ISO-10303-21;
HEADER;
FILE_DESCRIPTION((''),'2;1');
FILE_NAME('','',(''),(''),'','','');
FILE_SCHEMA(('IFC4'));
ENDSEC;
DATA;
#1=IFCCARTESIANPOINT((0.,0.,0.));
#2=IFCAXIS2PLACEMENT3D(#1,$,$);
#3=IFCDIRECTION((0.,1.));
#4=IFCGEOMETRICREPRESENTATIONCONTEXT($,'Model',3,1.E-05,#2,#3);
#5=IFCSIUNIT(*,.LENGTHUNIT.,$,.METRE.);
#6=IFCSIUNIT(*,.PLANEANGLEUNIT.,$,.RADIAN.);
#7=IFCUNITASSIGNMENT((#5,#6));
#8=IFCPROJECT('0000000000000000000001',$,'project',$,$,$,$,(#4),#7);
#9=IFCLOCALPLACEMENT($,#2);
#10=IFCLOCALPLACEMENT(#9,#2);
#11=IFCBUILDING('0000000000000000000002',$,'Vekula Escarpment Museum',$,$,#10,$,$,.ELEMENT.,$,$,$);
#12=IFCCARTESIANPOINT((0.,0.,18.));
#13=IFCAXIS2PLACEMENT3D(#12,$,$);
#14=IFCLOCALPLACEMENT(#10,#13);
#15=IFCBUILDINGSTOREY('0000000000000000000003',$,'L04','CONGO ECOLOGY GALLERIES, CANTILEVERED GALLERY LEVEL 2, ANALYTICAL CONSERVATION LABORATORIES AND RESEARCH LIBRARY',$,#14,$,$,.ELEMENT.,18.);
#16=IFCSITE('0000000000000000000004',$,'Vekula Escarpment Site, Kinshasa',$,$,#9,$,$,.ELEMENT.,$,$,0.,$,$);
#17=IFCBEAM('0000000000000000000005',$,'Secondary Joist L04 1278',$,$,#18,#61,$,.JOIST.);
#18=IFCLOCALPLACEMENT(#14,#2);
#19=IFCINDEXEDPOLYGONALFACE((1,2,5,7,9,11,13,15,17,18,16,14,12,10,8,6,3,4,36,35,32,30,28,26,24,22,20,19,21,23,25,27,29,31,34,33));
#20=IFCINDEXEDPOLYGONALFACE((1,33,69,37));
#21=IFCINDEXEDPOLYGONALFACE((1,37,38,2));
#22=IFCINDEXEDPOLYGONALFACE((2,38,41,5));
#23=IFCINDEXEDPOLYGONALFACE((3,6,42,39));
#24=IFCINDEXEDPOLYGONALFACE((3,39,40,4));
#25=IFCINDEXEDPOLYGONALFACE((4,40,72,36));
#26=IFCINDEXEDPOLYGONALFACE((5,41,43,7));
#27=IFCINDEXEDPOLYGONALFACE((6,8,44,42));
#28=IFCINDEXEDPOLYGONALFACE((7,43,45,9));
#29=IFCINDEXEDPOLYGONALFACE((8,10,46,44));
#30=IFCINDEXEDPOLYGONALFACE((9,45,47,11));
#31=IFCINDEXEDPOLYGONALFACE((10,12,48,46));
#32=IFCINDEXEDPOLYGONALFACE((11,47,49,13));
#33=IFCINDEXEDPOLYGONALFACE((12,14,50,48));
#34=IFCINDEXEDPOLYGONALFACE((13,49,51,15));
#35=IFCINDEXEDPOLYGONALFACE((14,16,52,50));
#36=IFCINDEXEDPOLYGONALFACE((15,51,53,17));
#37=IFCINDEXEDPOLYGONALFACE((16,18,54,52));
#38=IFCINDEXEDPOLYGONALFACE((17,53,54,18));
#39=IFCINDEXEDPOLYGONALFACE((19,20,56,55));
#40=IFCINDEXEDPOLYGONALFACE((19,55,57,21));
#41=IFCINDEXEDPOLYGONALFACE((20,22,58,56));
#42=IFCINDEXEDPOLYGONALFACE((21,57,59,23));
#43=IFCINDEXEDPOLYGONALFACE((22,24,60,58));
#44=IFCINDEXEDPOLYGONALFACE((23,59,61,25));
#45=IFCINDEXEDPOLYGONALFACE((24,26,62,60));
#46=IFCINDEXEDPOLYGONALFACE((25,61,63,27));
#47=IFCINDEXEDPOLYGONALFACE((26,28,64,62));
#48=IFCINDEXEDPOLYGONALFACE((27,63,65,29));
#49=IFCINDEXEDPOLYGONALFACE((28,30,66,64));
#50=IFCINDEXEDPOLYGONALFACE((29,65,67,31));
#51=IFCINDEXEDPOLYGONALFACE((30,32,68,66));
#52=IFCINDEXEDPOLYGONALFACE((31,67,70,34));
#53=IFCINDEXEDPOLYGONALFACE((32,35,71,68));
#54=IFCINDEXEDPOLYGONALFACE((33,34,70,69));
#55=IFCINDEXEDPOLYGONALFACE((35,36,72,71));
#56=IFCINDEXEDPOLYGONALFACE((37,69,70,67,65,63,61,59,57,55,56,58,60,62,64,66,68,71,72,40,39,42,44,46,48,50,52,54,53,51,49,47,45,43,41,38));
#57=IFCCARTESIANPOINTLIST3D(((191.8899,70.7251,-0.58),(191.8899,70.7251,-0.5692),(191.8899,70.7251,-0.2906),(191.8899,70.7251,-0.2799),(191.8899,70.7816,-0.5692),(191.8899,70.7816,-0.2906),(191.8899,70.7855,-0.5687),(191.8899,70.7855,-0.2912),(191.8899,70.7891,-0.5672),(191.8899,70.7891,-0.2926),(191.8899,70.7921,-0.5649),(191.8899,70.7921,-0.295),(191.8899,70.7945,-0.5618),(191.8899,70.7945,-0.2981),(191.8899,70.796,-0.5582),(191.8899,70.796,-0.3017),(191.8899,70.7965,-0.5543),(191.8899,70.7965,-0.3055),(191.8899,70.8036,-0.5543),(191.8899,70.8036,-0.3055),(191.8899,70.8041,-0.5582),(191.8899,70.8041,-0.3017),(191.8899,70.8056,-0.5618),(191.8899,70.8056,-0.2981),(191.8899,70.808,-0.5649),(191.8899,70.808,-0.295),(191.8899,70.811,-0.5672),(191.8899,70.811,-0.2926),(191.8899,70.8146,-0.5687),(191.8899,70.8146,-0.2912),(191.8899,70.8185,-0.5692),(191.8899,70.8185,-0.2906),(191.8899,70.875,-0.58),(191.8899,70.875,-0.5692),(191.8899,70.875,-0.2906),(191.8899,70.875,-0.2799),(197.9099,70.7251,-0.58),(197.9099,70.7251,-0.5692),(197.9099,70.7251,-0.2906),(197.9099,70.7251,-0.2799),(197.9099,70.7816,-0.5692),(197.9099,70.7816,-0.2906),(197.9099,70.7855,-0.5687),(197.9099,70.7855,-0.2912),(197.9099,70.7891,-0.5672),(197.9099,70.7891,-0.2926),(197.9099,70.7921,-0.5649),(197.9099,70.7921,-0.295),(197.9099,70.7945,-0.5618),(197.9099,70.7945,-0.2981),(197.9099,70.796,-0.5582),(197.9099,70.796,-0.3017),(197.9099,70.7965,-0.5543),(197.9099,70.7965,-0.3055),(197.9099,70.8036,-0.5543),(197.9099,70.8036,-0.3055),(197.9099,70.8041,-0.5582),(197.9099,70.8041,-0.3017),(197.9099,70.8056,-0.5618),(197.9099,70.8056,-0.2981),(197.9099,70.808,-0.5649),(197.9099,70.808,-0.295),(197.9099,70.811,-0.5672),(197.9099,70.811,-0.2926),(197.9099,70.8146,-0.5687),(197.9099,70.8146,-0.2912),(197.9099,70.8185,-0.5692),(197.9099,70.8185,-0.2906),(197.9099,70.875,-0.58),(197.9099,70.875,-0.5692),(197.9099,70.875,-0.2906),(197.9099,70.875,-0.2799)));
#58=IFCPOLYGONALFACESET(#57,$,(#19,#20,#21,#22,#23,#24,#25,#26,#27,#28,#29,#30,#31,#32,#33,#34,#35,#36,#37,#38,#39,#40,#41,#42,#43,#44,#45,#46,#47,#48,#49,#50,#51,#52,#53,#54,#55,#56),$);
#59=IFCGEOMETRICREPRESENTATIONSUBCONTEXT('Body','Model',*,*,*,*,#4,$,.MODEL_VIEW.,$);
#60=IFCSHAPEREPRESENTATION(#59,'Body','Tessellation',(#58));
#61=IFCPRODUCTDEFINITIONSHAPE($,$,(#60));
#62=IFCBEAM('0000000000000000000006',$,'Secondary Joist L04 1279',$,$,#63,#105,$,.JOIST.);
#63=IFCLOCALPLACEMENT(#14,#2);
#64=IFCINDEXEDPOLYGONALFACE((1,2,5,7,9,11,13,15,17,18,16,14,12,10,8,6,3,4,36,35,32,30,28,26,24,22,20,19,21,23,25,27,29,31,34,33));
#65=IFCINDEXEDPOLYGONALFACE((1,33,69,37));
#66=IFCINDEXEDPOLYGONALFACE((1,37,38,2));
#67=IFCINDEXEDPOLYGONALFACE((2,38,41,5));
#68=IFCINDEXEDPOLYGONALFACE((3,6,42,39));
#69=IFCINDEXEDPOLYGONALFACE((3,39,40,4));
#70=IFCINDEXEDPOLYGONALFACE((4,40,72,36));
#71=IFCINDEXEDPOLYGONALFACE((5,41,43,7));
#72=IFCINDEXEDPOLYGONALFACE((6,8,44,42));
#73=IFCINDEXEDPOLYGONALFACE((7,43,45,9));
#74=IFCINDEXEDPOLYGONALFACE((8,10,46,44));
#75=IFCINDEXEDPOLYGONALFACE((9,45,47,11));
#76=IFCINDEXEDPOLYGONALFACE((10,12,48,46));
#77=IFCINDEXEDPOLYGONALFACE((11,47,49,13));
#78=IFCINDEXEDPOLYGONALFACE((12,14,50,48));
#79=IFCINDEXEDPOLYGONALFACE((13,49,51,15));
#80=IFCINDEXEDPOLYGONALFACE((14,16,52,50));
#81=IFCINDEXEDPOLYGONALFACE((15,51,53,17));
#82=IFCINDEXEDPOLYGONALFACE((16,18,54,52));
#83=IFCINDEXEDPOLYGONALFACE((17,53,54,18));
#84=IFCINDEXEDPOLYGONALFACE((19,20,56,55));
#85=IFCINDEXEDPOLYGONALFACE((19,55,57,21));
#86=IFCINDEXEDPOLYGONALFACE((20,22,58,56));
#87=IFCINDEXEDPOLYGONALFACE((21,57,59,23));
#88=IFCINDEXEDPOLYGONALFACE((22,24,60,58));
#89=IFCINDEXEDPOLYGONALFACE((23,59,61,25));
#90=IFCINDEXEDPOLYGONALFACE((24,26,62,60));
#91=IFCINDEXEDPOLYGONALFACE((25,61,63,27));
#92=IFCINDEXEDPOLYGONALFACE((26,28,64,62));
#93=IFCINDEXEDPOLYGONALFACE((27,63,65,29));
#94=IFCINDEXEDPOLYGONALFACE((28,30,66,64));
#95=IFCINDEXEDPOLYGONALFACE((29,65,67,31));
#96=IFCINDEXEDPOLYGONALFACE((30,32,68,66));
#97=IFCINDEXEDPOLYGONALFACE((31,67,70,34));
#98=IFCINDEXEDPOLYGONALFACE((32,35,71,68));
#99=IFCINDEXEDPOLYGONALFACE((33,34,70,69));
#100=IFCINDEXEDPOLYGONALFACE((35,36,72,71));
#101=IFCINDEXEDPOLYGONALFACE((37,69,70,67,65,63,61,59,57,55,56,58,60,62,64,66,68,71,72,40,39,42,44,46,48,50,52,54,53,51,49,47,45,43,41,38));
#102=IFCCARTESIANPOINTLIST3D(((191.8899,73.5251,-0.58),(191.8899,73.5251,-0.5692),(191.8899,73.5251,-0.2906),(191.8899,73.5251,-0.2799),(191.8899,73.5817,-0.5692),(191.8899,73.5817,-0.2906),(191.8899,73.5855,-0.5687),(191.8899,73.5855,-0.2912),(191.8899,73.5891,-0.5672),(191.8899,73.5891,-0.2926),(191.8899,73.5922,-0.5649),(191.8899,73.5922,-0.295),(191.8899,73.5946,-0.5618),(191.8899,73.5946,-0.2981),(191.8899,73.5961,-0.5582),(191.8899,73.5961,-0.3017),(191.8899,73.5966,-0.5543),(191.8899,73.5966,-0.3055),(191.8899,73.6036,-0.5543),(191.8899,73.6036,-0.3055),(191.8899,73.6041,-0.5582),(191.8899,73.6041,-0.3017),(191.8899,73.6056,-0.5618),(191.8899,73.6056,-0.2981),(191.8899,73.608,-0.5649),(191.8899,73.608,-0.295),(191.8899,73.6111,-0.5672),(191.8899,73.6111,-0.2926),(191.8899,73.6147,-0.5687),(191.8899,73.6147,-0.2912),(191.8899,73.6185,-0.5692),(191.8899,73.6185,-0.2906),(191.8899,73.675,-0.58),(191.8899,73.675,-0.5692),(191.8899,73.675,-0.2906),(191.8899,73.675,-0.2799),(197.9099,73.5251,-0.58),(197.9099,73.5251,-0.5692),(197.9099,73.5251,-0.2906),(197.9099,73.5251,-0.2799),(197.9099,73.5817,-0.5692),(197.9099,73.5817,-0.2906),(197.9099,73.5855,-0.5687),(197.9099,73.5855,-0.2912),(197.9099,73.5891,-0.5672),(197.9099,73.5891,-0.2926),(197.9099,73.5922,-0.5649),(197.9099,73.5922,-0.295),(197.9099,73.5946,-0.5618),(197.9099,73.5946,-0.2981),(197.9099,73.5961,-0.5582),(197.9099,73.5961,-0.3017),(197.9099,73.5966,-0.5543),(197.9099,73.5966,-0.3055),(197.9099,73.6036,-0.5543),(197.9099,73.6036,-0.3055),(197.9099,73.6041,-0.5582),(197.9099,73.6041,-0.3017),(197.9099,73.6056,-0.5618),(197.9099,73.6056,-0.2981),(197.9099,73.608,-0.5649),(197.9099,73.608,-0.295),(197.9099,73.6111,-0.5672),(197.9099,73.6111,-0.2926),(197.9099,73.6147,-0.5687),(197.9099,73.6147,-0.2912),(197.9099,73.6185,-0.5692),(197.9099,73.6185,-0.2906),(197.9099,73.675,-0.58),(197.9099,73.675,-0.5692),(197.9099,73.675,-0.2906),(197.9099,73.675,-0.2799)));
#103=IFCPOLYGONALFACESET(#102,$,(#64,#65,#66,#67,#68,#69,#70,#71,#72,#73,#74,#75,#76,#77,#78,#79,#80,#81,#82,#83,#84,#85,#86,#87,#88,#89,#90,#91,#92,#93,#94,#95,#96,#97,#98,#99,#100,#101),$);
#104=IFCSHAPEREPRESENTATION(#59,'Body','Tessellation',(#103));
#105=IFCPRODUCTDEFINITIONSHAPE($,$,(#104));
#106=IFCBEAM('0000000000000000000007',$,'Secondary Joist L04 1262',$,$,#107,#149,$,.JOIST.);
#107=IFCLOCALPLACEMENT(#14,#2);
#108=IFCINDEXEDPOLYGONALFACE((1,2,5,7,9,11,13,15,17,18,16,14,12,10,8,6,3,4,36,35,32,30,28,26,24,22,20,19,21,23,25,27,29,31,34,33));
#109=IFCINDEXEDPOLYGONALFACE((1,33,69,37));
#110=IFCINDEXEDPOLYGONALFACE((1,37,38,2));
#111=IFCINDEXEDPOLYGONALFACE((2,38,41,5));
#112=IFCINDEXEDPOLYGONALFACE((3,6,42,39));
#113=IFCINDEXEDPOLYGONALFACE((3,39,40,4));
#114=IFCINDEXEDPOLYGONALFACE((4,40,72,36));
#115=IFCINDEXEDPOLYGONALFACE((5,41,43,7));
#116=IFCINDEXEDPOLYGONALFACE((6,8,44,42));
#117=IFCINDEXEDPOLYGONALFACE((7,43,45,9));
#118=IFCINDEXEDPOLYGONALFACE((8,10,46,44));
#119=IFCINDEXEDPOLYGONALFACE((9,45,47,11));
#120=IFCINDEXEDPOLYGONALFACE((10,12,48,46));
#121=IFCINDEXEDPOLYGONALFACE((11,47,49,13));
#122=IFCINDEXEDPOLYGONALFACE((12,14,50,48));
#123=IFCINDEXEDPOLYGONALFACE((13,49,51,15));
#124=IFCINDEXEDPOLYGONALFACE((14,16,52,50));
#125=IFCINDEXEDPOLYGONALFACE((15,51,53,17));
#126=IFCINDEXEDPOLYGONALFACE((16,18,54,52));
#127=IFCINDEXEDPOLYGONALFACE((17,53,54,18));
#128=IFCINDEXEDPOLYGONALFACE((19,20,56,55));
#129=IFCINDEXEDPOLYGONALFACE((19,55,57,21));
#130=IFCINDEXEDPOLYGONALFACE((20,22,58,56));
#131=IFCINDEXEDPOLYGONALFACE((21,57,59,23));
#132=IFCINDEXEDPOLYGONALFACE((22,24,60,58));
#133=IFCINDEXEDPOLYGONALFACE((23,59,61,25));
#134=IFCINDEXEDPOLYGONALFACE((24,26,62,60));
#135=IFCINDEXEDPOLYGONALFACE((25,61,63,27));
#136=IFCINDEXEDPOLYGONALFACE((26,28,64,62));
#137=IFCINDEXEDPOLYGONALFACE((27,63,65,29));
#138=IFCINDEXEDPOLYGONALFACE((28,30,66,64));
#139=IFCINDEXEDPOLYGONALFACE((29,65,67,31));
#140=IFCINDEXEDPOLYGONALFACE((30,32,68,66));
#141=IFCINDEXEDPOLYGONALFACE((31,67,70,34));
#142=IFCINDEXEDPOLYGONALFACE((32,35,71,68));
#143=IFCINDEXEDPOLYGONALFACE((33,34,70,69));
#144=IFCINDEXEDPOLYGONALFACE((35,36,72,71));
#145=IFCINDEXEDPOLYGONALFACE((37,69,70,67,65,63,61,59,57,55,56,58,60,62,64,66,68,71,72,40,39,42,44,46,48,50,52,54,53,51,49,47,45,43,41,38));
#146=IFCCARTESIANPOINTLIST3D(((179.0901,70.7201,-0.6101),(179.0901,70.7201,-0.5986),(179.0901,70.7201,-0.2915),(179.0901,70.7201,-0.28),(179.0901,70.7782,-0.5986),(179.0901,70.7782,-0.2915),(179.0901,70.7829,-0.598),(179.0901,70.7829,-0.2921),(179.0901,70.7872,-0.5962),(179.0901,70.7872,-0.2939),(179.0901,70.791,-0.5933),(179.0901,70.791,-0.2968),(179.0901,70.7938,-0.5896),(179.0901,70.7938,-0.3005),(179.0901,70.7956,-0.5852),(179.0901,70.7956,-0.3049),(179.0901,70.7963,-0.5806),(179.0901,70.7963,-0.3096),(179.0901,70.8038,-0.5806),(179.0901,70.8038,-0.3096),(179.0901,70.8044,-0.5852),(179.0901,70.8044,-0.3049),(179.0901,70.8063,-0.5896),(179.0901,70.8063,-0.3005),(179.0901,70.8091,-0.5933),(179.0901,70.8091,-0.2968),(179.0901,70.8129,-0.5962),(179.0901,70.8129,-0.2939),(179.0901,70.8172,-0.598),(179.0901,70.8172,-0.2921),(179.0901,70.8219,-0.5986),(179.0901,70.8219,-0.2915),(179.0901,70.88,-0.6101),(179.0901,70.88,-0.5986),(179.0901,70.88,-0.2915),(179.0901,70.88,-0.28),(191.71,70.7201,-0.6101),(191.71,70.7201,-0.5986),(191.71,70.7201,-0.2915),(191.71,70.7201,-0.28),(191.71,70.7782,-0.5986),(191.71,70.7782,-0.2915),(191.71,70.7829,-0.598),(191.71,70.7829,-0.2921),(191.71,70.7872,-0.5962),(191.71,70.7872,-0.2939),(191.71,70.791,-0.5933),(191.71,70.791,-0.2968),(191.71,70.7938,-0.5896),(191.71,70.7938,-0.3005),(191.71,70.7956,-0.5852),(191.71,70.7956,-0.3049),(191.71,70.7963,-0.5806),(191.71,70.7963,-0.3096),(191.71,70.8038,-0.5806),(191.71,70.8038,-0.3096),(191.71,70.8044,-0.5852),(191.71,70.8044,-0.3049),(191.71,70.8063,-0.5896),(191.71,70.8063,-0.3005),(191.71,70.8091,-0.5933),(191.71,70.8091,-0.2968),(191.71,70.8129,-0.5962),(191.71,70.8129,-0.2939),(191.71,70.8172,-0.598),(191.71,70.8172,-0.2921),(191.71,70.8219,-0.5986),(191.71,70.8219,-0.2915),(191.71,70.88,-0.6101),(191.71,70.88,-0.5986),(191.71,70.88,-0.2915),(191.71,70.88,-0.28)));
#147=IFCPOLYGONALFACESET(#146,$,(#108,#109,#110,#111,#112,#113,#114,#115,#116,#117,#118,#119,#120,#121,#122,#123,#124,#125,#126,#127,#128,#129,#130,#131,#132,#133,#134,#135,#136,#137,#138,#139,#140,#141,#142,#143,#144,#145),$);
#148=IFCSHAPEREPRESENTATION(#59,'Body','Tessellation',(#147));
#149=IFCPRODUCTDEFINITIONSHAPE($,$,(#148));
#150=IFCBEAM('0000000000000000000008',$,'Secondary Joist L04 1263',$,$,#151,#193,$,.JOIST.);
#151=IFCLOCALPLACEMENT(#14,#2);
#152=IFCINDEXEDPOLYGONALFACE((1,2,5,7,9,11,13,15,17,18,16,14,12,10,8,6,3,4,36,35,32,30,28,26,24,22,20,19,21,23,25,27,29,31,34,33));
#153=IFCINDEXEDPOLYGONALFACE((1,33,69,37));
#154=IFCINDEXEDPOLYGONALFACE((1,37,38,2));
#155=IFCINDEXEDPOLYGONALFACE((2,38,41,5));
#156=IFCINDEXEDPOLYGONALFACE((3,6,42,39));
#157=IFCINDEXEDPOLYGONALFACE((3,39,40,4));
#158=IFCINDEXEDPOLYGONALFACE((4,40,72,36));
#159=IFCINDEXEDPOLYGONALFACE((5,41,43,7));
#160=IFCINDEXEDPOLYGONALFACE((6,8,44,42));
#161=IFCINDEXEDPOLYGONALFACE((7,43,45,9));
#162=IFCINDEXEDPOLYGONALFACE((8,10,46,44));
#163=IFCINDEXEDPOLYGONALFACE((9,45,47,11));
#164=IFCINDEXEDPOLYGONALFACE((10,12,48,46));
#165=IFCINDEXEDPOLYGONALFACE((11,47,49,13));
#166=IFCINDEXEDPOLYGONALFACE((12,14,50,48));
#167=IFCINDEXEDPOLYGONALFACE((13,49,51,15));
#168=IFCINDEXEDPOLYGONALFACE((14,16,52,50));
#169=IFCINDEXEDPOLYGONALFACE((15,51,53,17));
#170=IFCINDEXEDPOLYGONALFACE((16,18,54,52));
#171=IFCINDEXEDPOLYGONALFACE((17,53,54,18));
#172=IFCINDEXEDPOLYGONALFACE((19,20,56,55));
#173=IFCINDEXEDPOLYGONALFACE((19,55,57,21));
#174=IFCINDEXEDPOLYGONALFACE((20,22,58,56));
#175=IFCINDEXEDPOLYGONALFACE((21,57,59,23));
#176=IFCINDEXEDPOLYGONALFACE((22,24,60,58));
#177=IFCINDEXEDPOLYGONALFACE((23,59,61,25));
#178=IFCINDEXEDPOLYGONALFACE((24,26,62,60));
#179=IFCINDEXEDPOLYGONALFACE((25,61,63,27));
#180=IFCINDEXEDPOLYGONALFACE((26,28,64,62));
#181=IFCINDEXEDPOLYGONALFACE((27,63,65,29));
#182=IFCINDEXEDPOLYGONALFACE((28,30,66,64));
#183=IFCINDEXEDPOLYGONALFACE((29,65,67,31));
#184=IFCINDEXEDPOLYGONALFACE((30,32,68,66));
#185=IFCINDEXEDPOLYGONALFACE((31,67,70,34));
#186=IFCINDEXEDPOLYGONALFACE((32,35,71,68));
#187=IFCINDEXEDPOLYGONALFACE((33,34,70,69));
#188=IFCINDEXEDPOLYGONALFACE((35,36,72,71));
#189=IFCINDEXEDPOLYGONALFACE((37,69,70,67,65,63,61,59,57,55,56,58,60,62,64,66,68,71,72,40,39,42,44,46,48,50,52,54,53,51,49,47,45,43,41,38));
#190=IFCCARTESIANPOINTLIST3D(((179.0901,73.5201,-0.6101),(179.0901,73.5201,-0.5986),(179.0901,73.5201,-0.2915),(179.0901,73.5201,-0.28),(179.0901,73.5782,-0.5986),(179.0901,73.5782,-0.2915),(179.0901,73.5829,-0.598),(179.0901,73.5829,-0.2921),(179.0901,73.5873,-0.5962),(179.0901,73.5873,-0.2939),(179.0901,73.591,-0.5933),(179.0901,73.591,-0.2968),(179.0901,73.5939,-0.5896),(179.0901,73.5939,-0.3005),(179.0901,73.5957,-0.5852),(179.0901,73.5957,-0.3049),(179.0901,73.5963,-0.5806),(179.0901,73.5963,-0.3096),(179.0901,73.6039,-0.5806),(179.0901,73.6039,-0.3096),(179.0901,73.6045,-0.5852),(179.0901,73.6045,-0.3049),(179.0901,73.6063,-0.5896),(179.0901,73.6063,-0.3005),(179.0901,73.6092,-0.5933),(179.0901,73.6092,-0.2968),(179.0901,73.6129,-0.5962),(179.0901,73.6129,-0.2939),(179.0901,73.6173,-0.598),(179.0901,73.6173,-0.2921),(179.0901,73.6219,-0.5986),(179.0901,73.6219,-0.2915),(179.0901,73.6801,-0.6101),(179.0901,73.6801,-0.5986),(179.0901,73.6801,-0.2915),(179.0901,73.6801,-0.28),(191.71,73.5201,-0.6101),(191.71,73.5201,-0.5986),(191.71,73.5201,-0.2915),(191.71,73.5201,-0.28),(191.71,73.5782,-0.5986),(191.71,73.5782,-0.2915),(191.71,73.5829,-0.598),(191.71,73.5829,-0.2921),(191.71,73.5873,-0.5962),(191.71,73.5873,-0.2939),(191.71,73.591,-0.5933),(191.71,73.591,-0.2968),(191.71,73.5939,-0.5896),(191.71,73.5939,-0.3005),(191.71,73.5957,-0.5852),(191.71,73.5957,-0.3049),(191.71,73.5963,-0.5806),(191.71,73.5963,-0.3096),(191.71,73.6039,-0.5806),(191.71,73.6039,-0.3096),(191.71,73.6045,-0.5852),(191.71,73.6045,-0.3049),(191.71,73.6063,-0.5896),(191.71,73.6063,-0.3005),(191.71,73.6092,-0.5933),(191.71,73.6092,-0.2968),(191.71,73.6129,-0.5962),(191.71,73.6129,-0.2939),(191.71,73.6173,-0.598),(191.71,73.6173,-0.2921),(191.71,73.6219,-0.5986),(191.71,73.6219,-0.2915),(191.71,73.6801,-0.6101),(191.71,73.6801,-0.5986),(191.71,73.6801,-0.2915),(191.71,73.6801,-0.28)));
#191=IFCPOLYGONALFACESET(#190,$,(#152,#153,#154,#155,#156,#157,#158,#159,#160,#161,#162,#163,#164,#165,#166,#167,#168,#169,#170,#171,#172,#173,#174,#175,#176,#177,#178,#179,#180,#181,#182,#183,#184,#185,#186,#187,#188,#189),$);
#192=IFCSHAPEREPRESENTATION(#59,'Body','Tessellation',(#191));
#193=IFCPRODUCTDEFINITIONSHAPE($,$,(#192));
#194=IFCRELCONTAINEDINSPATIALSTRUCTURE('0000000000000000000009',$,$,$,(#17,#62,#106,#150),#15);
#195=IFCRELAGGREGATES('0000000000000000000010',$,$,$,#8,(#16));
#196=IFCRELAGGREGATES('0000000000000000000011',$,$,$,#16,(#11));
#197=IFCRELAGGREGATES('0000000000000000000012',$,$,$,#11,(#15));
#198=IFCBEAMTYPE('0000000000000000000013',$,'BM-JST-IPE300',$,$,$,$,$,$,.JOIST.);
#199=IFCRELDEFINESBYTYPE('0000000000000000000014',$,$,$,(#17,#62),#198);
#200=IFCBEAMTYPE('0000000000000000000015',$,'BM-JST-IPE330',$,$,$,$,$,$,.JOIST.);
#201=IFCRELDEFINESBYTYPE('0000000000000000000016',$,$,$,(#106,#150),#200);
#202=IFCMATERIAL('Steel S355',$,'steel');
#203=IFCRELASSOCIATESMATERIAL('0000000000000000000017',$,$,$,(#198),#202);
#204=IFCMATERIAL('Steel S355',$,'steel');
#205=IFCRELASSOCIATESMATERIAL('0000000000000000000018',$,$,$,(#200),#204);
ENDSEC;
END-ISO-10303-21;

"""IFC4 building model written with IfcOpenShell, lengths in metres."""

from ifc_helpers import new_model, si_unit, direction, frame, origin, origin_2d, place, context, subcontext, project, spatial, i_section, extrude, material, material_profile, profile_set, type_object, element, save


model = new_model("IFC4")

# Units and contexts
model_context = context("Model", 3, precision=1e-05, world=origin(), true_north=direction((0.0, 1.0)))
body_context = subcontext(model_context, "Body", "Model", "MODEL_VIEW")
ifc_project = project(units=[si_unit("LENGTHUNIT", "METRE"), si_unit("PLANEANGLEUNIT", "RADIAN")], contexts=[model_context])

# Site, building, storey
site_placement = place(None, origin())
site = spatial("IfcSite", under=ifc_project, at=site_placement, Name="Vekula Escarpment Site, Kinshasa", CompositionType="ELEMENT", RefElevation=0.0)
building_placement = place(site_placement, origin())
building = spatial("IfcBuilding", under=site, at=building_placement, Name="Vekula Escarpment Museum", CompositionType="ELEMENT")
storey_placement = place(building_placement, frame((0.0, 0.0, 18.0)))
storey = spatial("IfcBuildingStorey", under=building, at=storey_placement, Name="L04", Description="CONGO ECOLOGY GALLERIES, CANTILEVERED GALLERY LEVEL 2, ANALYTICAL CONSERVATION LABORATORIES AND RESEARCH LIBRARY", CompositionType="ELEMENT", Elevation=18.0)

# Beams
ifc_material_1 = material(Name="Steel S355", Category="steel")
ifc_material_profile_1 = material_profile(ifc_material_1, i_section(OverallWidth=0.1499, OverallDepth=0.3, WebThickness=0.0071, FlangeThickness=0.0107, FilletRadius=0.0149, at=origin_2d()), Name="IPE 300")
ifc_profile_set_1 = profile_set([ifc_material_profile_1], Name="Steel S355")
beam_type_1 = type_object("IfcBeamType", Name="BM-JST-IPE300", PredefinedType="JOIST", material=ifc_profile_set_1)
for number, where, z_axis, x_axis, name in (
    (1, (191.8899, 70.8, -0.4299), (1.0, 0.0, 0.0), (0.0, 1.0, 0.0), "Secondary Joist L04 1278"),
    (2, (191.8899, 73.6001, -0.4299), (1.0, 0.0, 0.0), (0.0, 1.0, 0.0), "Secondary Joist L04 1279"),
):
    element("IfcBeam", number, at=place(storey_placement, frame(where, z_axis=z_axis, x_axis=x_axis)), inside=storey, type_object=beam_type_1, Name=name, PredefinedType="JOIST", context=body_context, shape_type="SweptSolid", body=[
        extrude(i_section(OverallWidth=0.1499, OverallDepth=0.3, WebThickness=0.0071, FlangeThickness=0.0107, FilletRadius=0.0149, at=origin_2d()), origin(), (0.0, 0.0, 1.0), 6.02),
    ])
ifc_material_2 = material(Name="Steel S355", Category="steel")
ifc_material_profile_2 = material_profile(ifc_material_2, i_section(OverallWidth=0.1599, OverallDepth=0.3301, WebThickness=0.0076, FlangeThickness=0.0115, FilletRadius=0.0181, at=origin_2d()), Name="IPE 330")
ifc_profile_set_2 = profile_set([ifc_material_profile_2], Name="Steel S355")
beam_type_2 = type_object("IfcBeamType", Name="BM-JST-IPE330", PredefinedType="JOIST", material=ifc_profile_set_2)
for number, where, z_axis, x_axis, name in (
    (3, (179.0901, 70.8, -0.4451), (1.0, 0.0, 0.0), (0.0, 1.0, 0.0), "Secondary Joist L04 1262"),
    (4, (179.0901, 73.6001, -0.4451), (1.0, 0.0, 0.0), (0.0, 1.0, 0.0), "Secondary Joist L04 1263"),
):
    element("IfcBeam", number, at=place(storey_placement, frame(where, z_axis=z_axis, x_axis=x_axis)), inside=storey, type_object=beam_type_2, Name=name, PredefinedType="JOIST", context=body_context, shape_type="SweptSolid", body=[
        extrude(i_section(OverallWidth=0.1599, OverallDepth=0.3301, WebThickness=0.0076, FlangeThickness=0.0115, FilletRadius=0.0181, at=origin_2d()), origin(), (0.0, 0.0, 1.0), 12.6199),
    ])

save(model, "model.ifc")
